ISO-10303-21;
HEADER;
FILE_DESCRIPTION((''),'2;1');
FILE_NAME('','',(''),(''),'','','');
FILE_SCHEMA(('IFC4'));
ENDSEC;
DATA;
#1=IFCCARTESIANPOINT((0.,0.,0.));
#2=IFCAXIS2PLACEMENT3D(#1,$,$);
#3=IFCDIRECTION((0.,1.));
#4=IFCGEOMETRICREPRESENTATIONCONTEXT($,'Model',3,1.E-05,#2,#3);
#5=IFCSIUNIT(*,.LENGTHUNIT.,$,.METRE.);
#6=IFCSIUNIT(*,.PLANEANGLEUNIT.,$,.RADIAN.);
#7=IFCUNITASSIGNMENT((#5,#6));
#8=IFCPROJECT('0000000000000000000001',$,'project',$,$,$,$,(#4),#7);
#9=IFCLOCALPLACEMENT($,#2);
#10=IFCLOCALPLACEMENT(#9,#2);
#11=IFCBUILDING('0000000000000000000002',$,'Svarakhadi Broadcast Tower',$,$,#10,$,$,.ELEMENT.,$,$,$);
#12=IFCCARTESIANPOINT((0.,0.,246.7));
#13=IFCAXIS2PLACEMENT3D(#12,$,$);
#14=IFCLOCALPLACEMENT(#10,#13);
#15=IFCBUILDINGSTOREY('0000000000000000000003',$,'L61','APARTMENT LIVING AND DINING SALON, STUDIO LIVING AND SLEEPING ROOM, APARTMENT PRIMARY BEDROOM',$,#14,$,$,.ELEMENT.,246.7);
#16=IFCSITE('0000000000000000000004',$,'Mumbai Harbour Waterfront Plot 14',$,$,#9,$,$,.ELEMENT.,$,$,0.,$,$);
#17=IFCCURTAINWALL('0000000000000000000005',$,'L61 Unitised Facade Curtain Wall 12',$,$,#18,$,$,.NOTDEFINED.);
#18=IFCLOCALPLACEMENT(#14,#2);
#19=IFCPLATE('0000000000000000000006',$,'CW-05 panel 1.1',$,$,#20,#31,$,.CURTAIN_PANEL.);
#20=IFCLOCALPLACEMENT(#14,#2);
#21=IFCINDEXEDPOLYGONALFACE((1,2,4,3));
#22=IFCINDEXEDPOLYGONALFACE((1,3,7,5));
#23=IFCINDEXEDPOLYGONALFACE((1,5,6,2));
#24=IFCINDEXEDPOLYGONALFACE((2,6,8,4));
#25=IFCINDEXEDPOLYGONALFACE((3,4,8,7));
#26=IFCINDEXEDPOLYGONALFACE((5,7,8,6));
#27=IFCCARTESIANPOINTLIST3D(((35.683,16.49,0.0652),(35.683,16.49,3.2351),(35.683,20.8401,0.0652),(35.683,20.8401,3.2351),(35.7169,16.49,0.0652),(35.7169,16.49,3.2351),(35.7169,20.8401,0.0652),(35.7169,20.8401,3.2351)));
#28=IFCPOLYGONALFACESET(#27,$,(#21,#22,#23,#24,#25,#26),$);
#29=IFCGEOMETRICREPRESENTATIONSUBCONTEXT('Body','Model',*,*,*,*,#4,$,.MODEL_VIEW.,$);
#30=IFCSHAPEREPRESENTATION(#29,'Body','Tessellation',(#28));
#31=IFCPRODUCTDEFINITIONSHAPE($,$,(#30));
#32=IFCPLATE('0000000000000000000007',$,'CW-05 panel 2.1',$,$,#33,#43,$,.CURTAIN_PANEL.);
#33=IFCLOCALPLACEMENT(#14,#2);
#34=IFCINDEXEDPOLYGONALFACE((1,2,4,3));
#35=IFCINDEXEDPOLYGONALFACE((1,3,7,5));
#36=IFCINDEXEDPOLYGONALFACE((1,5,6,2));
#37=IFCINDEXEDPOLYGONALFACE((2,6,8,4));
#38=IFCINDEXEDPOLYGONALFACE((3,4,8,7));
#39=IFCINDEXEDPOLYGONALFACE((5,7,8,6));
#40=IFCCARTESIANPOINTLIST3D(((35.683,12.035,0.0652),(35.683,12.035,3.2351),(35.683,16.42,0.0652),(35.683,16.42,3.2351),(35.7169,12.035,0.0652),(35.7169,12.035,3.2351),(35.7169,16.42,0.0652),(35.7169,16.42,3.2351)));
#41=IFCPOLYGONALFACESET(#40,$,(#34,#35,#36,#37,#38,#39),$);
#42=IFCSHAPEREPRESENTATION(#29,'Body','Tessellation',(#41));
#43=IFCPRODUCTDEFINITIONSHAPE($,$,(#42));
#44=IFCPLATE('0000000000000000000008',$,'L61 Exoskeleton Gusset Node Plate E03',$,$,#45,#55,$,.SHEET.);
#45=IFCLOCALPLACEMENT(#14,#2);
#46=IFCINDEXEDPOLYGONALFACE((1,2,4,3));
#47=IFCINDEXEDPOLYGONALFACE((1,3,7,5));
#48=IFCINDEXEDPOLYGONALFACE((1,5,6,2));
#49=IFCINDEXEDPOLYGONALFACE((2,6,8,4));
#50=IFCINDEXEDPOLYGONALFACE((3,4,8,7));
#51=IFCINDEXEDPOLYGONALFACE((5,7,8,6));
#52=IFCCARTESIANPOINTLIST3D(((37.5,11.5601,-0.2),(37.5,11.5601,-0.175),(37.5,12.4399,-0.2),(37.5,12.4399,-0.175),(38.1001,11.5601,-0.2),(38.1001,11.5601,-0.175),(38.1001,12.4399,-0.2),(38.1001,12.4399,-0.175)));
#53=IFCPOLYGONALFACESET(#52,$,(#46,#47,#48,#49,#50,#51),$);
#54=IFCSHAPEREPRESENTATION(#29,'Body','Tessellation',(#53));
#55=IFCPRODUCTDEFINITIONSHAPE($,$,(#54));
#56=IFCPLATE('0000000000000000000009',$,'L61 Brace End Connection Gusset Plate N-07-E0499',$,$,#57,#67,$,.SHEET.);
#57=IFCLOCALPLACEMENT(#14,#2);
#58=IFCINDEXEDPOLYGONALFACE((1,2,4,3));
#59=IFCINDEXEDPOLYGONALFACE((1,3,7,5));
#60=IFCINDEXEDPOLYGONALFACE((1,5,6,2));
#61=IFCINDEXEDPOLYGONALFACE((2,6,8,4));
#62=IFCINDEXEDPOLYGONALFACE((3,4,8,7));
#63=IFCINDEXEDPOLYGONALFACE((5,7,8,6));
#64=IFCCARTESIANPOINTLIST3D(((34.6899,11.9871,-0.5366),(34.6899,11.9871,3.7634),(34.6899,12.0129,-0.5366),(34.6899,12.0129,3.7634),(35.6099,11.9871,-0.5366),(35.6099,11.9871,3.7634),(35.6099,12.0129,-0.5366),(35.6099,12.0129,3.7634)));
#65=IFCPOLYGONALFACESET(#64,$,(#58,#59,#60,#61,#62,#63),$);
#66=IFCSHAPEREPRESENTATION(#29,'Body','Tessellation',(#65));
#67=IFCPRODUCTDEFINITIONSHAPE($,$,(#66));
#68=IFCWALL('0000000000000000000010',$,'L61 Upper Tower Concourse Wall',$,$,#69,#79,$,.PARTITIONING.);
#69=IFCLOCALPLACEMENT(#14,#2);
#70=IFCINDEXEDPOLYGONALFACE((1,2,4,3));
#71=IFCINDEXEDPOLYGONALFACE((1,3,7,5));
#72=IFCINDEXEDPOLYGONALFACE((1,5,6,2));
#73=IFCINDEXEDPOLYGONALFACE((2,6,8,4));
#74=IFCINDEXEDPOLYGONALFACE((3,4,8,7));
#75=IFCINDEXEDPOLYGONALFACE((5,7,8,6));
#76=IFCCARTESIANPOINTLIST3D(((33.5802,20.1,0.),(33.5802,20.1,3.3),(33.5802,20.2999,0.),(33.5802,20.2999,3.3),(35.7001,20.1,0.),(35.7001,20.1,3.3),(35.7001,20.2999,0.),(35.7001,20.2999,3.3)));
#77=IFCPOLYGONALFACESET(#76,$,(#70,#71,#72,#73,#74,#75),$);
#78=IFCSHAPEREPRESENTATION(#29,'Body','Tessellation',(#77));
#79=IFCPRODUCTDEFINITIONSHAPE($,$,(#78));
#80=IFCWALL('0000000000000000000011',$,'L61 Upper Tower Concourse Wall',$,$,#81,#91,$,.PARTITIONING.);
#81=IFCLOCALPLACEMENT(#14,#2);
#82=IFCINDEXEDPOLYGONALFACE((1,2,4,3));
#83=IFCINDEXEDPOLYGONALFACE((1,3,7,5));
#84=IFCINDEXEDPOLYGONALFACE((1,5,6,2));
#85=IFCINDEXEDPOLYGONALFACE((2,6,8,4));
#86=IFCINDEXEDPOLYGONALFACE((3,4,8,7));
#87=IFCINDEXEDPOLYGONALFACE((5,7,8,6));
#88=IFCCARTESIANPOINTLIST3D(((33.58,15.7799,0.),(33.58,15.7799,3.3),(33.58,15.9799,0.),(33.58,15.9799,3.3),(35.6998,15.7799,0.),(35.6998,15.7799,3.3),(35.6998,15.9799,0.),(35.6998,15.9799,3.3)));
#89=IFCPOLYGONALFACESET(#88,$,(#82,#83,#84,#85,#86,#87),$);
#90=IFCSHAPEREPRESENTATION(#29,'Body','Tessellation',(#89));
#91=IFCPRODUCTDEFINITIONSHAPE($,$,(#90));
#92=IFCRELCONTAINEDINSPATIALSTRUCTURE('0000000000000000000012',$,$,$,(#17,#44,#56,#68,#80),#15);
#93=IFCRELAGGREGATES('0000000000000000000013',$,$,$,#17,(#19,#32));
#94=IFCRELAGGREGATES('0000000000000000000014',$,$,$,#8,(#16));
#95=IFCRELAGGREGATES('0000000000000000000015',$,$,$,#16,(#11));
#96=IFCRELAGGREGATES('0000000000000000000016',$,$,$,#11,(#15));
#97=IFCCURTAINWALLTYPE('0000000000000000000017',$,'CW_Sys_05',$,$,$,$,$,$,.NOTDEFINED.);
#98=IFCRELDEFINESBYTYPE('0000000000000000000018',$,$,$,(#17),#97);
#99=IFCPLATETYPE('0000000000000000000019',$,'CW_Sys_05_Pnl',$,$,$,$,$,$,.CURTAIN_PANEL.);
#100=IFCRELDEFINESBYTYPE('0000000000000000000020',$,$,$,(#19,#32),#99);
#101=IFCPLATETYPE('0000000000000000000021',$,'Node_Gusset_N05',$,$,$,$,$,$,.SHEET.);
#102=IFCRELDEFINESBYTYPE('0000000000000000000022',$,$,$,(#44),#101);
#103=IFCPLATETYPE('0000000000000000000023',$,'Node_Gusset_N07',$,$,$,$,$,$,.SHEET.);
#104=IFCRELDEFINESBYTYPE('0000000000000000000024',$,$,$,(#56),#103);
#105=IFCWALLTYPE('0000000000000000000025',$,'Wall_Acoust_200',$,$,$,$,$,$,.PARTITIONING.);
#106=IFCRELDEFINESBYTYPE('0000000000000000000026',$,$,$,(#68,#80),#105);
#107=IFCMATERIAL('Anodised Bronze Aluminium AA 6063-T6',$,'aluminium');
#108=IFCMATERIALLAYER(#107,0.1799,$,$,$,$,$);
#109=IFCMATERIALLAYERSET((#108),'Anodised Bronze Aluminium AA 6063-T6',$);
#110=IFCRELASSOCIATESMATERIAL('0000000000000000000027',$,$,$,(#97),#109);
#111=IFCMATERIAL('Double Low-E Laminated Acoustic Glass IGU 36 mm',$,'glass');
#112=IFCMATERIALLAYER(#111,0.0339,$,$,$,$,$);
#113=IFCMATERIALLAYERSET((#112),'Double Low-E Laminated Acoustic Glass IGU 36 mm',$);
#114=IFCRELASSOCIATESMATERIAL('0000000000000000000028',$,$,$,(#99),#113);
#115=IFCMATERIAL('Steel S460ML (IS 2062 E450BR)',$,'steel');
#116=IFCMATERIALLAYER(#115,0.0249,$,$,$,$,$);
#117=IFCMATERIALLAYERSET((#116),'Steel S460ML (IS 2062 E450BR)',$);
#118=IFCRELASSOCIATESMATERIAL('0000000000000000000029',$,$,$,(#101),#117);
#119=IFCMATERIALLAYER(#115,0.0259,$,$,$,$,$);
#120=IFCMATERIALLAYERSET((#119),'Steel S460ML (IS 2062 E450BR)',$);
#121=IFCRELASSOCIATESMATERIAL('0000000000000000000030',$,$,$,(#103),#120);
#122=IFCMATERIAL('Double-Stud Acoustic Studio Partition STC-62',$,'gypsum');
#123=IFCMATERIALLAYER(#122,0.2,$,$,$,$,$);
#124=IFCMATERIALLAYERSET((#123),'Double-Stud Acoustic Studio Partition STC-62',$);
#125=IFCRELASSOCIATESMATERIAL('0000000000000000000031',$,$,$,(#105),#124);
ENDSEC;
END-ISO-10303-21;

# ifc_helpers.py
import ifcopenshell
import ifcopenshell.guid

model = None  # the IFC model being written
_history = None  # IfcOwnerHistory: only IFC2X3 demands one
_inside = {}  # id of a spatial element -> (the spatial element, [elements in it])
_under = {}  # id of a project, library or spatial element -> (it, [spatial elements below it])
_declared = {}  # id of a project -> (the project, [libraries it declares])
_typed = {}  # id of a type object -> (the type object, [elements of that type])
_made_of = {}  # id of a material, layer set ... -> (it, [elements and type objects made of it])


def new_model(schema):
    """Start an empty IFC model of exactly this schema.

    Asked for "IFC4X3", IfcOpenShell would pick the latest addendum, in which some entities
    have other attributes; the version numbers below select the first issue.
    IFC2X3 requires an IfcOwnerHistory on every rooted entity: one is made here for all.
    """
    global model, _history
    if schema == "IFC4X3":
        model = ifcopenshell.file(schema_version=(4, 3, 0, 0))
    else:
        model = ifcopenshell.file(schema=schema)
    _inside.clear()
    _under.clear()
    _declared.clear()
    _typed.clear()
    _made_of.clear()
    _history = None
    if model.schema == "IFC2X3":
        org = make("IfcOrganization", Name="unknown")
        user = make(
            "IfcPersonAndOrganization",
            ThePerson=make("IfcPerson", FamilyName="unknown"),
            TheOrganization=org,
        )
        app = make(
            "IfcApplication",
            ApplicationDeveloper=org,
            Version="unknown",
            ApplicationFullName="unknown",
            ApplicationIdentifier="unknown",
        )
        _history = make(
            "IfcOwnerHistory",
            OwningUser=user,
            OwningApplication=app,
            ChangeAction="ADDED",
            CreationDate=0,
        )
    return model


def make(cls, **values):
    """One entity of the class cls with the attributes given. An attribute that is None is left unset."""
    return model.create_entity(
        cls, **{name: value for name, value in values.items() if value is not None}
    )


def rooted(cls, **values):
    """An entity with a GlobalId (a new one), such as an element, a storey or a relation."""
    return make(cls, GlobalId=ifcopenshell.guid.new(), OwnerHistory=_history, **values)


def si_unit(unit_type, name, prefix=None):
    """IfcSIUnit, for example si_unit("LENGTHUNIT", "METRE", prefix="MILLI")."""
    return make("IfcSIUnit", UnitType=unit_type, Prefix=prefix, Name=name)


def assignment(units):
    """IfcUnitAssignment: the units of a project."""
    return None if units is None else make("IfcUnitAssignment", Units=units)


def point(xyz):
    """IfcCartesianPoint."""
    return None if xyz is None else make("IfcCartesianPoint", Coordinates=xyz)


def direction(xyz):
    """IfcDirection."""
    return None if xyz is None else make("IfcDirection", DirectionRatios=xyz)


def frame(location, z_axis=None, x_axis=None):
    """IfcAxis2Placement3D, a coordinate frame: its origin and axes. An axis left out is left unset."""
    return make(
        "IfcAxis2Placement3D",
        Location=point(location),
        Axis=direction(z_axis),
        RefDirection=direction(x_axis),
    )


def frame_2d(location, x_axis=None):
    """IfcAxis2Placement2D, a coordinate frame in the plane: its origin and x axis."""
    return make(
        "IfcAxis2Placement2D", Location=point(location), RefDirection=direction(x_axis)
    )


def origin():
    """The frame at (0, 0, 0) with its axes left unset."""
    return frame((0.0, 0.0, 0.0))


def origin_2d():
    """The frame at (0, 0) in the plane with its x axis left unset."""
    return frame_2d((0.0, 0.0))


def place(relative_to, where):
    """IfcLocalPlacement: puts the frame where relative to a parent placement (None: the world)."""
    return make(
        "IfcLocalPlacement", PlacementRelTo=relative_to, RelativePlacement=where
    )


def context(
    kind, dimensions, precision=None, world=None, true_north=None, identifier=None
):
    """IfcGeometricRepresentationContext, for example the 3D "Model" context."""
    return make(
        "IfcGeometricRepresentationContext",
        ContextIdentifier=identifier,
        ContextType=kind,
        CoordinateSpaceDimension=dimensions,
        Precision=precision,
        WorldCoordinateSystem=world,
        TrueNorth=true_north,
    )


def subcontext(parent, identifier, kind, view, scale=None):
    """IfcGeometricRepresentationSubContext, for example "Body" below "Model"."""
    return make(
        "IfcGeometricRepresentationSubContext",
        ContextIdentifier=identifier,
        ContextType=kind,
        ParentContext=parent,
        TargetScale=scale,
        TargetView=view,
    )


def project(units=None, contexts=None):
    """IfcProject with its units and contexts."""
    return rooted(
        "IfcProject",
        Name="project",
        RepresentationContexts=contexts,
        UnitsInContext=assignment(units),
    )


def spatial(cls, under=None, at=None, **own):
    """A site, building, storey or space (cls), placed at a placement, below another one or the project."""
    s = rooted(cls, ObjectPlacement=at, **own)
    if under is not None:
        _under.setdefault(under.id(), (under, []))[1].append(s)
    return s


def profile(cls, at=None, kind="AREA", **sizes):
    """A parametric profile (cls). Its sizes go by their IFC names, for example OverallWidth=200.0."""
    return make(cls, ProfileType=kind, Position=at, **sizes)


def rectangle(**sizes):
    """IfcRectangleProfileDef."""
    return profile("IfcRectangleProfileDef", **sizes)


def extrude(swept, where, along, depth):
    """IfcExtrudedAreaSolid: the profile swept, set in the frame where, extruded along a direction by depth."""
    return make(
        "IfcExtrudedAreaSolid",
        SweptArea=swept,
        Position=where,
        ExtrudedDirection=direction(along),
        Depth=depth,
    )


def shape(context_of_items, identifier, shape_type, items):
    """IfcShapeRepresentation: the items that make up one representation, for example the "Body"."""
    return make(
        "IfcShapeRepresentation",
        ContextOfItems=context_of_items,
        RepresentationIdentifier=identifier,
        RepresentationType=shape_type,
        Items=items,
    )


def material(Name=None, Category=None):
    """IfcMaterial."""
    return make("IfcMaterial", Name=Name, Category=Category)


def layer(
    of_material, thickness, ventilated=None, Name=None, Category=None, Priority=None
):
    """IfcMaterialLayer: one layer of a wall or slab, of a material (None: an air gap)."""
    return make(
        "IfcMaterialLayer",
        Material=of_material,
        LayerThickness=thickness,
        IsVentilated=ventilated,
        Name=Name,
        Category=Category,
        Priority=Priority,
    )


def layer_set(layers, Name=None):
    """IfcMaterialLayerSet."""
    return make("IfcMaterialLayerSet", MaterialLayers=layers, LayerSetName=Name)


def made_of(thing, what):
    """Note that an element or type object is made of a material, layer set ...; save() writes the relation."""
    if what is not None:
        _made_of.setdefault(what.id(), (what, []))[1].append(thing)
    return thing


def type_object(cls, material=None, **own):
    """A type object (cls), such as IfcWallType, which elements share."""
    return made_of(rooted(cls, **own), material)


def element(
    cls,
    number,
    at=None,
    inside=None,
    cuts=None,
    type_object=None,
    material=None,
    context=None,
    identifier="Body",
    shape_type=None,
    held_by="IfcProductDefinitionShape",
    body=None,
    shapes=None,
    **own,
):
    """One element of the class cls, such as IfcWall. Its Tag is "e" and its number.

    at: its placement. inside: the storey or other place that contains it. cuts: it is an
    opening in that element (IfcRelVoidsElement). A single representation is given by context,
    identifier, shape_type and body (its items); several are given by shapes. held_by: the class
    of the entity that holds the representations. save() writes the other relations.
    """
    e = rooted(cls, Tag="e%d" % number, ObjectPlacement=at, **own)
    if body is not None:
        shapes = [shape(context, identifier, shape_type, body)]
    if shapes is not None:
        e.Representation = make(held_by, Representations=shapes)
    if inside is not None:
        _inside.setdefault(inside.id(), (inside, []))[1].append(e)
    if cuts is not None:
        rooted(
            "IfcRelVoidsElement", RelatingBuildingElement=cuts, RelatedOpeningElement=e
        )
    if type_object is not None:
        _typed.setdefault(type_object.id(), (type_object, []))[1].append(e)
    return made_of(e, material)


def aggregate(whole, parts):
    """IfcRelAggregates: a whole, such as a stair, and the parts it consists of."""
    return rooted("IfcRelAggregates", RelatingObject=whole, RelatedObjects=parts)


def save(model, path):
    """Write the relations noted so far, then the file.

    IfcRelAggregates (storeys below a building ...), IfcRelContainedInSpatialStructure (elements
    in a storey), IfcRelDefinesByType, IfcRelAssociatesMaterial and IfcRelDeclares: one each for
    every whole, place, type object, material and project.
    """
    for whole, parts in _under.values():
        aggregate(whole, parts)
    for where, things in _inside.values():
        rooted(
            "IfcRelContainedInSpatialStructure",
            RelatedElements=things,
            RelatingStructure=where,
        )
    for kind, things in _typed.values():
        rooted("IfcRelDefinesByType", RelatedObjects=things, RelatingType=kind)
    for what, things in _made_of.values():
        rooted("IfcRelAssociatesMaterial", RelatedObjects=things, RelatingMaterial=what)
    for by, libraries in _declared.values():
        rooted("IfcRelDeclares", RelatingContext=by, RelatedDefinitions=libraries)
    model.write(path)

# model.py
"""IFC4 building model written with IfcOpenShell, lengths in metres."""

from ifc_helpers import new_model, si_unit, direction, frame, frame_2d, origin, origin_2d, place, context, subcontext, project, spatial, rectangle, extrude, material, layer, layer_set, type_object, element, aggregate, save


model = new_model("IFC4")

# Units and contexts
model_context = context("Model", 3, precision=1e-05, world=origin(), true_north=direction((0.0, 1.0)))
body_context = subcontext(model_context, "Body", "Model", "MODEL_VIEW")
ifc_project = project(units=[si_unit("LENGTHUNIT", "METRE"), si_unit("PLANEANGLEUNIT", "RADIAN")], contexts=[model_context])

# Site, building, storey
site_placement = place(None, origin())
site = spatial("IfcSite", under=ifc_project, at=site_placement, Name="Mumbai Harbour Waterfront Plot 14", CompositionType="ELEMENT", RefElevation=0.0)
building_placement = place(site_placement, origin())
building = spatial("IfcBuilding", under=site, at=building_placement, Name="Svarakhadi Broadcast Tower", CompositionType="ELEMENT")
storey_placement = place(building_placement, frame((0.0, 0.0, 246.7)))
storey = spatial("IfcBuildingStorey", under=building, at=storey_placement, Name="L61", Description="APARTMENT LIVING AND DINING SALON, STUDIO LIVING AND SLEEPING ROOM, APARTMENT PRIMARY BEDROOM", CompositionType="ELEMENT", Elevation=246.7)

# Shared definitions
ifc_material_1 = material(Name="Steel S460ML (IS 2062 E450BR)", Category="steel")

# Shared definitions
ifc_material_2 = material(Name="Anodised Bronze Aluminium AA 6063-T6", Category="aluminium")
ifc_layer_1 = layer(ifc_material_2, 0.1799)
ifc_layer_set_1 = layer_set([ifc_layer_1], Name="Anodised Bronze Aluminium AA 6063-T6")
curtain_wall_type = type_object("IfcCurtainWallType", Name="CW_Sys_05", PredefinedType="NOTDEFINED", material=ifc_layer_set_1)

# Curtain wall
curtain_wall_1_placement = place(storey_placement, origin())
curtain_wall_1 = element("IfcCurtainWall", 1, at=curtain_wall_1_placement, inside=storey, type_object=curtain_wall_type, Name="L61 Unitised Facade Curtain Wall 12", PredefinedType="NOTDEFINED")

# Plates
ifc_material_3 = material(Name="Double Low-E Laminated Acoustic Glass IGU 36 mm", Category="glass")
ifc_layer_2 = layer(ifc_material_3, 0.0339)
ifc_layer_set_2 = layer_set([ifc_layer_2], Name="Double Low-E Laminated Acoustic Glass IGU 36 mm")
plate_type_1 = type_object("IfcPlateType", Name="CW_Sys_05_Pnl", PredefinedType="CURTAIN_PANEL", material=ifc_layer_set_2)
plate_1_placement = place(storey_placement, frame((35.7, 18.665, 0.0652), z_axis=(0.0, 0.0, 1.0), x_axis=(0.0, -1.0, 0.0)))
plate_1 = element("IfcPlate", 2, at=plate_1_placement, type_object=plate_type_1, Name="CW-05 panel 1.1", PredefinedType="CURTAIN_PANEL", context=body_context, shape_type="SweptSolid", body=[
    extrude(rectangle(XDim=4.3501, YDim=0.0339, at=origin_2d()), origin(), (0.0, 0.0, 1.0), 3.1699),
])
plate_2_placement = place(storey_placement, frame((35.7, 14.2275, 0.0652), z_axis=(0.0, 0.0, 1.0), x_axis=(0.0, -1.0, 0.0)))
plate_2 = element("IfcPlate", 3, at=plate_2_placement, type_object=plate_type_1, Name="CW-05 panel 2.1", PredefinedType="CURTAIN_PANEL", context=body_context, shape_type="SweptSolid", body=[
    extrude(rectangle(XDim=4.385, YDim=0.0339, at=origin_2d()), origin(), (0.0, 0.0, 1.0), 3.1699),
])
aggregate(curtain_wall_1, [plate_1, plate_2])

# Plates
ifc_layer_3 = layer(ifc_material_1, 0.0249)
ifc_layer_set_3 = layer_set([ifc_layer_3], Name="Steel S460ML (IS 2062 E450BR)")
plate_type_2 = type_object("IfcPlateType", Name="Node_Gusset_N05", PredefinedType="SHEET", material=ifc_layer_set_3)
plate_3_placement = place(storey_placement, frame((37.8, 12.0, -0.2), z_axis=(0.0, 0.0, 1.0), x_axis=(0.0, 1.0, 0.0)))
element("IfcPlate", 4, at=plate_3_placement, inside=storey, type_object=plate_type_2, Name="L61 Exoskeleton Gusset Node Plate E03", PredefinedType="SHEET", context=body_context, shape_type="SweptSolid", body=[
    extrude(rectangle(XDim=0.8799, YDim=0.6001, at=origin_2d()), origin(), (0.0, 0.0, 1.0), 0.0249),
])
ifc_layer_4 = layer(ifc_material_1, 0.0259)
ifc_layer_set_4 = layer_set([ifc_layer_4], Name="Steel S460ML (IS 2062 E450BR)")
plate_type_3 = type_object("IfcPlateType", Name="Node_Gusset_N07", PredefinedType="SHEET", material=ifc_layer_set_4)
plate_4_placement = place(storey_placement, frame((35.1499, 12.0, -0.5366), z_axis=(0.0, 0.0, 1.0), x_axis=(1.0, 0.0, 0.0)))
element("IfcPlate", 5, at=plate_4_placement, inside=storey, type_object=plate_type_3, Name="L61 Brace End Connection Gusset Plate N-07-E0499", PredefinedType="SHEET", context=body_context, shape_type="SweptSolid", body=[
    extrude(rectangle(XDim=0.9199, YDim=0.0259, at=origin_2d()), origin(), (0.0, 0.0, 1.0), 4.3),
])

# Walls
ifc_material_4 = material(Name="Double-Stud Acoustic Studio Partition STC-62", Category="gypsum")
ifc_layer_5 = layer(ifc_material_4, 0.2)
ifc_layer_set_5 = layer_set([ifc_layer_5], Name="Double-Stud Acoustic Studio Partition STC-62")
wall_type = type_object("IfcWallType", Name="Wall_Acoust_200", PredefinedType="PARTITIONING", material=ifc_layer_set_5)
for number, where, z_axis, x_axis, name in (
    (6, (33.5801, 20.2, 0.0), (0.0, 0.0, 1.0), (1.0, 0.0, 0.0), "L61 Upper Tower Concourse Wall"),
    (7, (35.7, 15.8799, 0.0), (0.0, 0.0, 1.0), (-1.0, 0.0, 0.0), "L61 Upper Tower Concourse Wall"),
):
    element("IfcWall", number, at=place(storey_placement, frame(where, z_axis=z_axis, x_axis=x_axis)), inside=storey, type_object=wall_type, Name=name, PredefinedType="PARTITIONING", context=body_context, shape_type="SweptSolid", body=[
        extrude(rectangle(XDim=2.1199, YDim=0.2, at=frame_2d((1.0601, 0.0))), origin(), (0.0, 0.0, 1.0), 3.3),
    ])

save(model, "model.ifc")
